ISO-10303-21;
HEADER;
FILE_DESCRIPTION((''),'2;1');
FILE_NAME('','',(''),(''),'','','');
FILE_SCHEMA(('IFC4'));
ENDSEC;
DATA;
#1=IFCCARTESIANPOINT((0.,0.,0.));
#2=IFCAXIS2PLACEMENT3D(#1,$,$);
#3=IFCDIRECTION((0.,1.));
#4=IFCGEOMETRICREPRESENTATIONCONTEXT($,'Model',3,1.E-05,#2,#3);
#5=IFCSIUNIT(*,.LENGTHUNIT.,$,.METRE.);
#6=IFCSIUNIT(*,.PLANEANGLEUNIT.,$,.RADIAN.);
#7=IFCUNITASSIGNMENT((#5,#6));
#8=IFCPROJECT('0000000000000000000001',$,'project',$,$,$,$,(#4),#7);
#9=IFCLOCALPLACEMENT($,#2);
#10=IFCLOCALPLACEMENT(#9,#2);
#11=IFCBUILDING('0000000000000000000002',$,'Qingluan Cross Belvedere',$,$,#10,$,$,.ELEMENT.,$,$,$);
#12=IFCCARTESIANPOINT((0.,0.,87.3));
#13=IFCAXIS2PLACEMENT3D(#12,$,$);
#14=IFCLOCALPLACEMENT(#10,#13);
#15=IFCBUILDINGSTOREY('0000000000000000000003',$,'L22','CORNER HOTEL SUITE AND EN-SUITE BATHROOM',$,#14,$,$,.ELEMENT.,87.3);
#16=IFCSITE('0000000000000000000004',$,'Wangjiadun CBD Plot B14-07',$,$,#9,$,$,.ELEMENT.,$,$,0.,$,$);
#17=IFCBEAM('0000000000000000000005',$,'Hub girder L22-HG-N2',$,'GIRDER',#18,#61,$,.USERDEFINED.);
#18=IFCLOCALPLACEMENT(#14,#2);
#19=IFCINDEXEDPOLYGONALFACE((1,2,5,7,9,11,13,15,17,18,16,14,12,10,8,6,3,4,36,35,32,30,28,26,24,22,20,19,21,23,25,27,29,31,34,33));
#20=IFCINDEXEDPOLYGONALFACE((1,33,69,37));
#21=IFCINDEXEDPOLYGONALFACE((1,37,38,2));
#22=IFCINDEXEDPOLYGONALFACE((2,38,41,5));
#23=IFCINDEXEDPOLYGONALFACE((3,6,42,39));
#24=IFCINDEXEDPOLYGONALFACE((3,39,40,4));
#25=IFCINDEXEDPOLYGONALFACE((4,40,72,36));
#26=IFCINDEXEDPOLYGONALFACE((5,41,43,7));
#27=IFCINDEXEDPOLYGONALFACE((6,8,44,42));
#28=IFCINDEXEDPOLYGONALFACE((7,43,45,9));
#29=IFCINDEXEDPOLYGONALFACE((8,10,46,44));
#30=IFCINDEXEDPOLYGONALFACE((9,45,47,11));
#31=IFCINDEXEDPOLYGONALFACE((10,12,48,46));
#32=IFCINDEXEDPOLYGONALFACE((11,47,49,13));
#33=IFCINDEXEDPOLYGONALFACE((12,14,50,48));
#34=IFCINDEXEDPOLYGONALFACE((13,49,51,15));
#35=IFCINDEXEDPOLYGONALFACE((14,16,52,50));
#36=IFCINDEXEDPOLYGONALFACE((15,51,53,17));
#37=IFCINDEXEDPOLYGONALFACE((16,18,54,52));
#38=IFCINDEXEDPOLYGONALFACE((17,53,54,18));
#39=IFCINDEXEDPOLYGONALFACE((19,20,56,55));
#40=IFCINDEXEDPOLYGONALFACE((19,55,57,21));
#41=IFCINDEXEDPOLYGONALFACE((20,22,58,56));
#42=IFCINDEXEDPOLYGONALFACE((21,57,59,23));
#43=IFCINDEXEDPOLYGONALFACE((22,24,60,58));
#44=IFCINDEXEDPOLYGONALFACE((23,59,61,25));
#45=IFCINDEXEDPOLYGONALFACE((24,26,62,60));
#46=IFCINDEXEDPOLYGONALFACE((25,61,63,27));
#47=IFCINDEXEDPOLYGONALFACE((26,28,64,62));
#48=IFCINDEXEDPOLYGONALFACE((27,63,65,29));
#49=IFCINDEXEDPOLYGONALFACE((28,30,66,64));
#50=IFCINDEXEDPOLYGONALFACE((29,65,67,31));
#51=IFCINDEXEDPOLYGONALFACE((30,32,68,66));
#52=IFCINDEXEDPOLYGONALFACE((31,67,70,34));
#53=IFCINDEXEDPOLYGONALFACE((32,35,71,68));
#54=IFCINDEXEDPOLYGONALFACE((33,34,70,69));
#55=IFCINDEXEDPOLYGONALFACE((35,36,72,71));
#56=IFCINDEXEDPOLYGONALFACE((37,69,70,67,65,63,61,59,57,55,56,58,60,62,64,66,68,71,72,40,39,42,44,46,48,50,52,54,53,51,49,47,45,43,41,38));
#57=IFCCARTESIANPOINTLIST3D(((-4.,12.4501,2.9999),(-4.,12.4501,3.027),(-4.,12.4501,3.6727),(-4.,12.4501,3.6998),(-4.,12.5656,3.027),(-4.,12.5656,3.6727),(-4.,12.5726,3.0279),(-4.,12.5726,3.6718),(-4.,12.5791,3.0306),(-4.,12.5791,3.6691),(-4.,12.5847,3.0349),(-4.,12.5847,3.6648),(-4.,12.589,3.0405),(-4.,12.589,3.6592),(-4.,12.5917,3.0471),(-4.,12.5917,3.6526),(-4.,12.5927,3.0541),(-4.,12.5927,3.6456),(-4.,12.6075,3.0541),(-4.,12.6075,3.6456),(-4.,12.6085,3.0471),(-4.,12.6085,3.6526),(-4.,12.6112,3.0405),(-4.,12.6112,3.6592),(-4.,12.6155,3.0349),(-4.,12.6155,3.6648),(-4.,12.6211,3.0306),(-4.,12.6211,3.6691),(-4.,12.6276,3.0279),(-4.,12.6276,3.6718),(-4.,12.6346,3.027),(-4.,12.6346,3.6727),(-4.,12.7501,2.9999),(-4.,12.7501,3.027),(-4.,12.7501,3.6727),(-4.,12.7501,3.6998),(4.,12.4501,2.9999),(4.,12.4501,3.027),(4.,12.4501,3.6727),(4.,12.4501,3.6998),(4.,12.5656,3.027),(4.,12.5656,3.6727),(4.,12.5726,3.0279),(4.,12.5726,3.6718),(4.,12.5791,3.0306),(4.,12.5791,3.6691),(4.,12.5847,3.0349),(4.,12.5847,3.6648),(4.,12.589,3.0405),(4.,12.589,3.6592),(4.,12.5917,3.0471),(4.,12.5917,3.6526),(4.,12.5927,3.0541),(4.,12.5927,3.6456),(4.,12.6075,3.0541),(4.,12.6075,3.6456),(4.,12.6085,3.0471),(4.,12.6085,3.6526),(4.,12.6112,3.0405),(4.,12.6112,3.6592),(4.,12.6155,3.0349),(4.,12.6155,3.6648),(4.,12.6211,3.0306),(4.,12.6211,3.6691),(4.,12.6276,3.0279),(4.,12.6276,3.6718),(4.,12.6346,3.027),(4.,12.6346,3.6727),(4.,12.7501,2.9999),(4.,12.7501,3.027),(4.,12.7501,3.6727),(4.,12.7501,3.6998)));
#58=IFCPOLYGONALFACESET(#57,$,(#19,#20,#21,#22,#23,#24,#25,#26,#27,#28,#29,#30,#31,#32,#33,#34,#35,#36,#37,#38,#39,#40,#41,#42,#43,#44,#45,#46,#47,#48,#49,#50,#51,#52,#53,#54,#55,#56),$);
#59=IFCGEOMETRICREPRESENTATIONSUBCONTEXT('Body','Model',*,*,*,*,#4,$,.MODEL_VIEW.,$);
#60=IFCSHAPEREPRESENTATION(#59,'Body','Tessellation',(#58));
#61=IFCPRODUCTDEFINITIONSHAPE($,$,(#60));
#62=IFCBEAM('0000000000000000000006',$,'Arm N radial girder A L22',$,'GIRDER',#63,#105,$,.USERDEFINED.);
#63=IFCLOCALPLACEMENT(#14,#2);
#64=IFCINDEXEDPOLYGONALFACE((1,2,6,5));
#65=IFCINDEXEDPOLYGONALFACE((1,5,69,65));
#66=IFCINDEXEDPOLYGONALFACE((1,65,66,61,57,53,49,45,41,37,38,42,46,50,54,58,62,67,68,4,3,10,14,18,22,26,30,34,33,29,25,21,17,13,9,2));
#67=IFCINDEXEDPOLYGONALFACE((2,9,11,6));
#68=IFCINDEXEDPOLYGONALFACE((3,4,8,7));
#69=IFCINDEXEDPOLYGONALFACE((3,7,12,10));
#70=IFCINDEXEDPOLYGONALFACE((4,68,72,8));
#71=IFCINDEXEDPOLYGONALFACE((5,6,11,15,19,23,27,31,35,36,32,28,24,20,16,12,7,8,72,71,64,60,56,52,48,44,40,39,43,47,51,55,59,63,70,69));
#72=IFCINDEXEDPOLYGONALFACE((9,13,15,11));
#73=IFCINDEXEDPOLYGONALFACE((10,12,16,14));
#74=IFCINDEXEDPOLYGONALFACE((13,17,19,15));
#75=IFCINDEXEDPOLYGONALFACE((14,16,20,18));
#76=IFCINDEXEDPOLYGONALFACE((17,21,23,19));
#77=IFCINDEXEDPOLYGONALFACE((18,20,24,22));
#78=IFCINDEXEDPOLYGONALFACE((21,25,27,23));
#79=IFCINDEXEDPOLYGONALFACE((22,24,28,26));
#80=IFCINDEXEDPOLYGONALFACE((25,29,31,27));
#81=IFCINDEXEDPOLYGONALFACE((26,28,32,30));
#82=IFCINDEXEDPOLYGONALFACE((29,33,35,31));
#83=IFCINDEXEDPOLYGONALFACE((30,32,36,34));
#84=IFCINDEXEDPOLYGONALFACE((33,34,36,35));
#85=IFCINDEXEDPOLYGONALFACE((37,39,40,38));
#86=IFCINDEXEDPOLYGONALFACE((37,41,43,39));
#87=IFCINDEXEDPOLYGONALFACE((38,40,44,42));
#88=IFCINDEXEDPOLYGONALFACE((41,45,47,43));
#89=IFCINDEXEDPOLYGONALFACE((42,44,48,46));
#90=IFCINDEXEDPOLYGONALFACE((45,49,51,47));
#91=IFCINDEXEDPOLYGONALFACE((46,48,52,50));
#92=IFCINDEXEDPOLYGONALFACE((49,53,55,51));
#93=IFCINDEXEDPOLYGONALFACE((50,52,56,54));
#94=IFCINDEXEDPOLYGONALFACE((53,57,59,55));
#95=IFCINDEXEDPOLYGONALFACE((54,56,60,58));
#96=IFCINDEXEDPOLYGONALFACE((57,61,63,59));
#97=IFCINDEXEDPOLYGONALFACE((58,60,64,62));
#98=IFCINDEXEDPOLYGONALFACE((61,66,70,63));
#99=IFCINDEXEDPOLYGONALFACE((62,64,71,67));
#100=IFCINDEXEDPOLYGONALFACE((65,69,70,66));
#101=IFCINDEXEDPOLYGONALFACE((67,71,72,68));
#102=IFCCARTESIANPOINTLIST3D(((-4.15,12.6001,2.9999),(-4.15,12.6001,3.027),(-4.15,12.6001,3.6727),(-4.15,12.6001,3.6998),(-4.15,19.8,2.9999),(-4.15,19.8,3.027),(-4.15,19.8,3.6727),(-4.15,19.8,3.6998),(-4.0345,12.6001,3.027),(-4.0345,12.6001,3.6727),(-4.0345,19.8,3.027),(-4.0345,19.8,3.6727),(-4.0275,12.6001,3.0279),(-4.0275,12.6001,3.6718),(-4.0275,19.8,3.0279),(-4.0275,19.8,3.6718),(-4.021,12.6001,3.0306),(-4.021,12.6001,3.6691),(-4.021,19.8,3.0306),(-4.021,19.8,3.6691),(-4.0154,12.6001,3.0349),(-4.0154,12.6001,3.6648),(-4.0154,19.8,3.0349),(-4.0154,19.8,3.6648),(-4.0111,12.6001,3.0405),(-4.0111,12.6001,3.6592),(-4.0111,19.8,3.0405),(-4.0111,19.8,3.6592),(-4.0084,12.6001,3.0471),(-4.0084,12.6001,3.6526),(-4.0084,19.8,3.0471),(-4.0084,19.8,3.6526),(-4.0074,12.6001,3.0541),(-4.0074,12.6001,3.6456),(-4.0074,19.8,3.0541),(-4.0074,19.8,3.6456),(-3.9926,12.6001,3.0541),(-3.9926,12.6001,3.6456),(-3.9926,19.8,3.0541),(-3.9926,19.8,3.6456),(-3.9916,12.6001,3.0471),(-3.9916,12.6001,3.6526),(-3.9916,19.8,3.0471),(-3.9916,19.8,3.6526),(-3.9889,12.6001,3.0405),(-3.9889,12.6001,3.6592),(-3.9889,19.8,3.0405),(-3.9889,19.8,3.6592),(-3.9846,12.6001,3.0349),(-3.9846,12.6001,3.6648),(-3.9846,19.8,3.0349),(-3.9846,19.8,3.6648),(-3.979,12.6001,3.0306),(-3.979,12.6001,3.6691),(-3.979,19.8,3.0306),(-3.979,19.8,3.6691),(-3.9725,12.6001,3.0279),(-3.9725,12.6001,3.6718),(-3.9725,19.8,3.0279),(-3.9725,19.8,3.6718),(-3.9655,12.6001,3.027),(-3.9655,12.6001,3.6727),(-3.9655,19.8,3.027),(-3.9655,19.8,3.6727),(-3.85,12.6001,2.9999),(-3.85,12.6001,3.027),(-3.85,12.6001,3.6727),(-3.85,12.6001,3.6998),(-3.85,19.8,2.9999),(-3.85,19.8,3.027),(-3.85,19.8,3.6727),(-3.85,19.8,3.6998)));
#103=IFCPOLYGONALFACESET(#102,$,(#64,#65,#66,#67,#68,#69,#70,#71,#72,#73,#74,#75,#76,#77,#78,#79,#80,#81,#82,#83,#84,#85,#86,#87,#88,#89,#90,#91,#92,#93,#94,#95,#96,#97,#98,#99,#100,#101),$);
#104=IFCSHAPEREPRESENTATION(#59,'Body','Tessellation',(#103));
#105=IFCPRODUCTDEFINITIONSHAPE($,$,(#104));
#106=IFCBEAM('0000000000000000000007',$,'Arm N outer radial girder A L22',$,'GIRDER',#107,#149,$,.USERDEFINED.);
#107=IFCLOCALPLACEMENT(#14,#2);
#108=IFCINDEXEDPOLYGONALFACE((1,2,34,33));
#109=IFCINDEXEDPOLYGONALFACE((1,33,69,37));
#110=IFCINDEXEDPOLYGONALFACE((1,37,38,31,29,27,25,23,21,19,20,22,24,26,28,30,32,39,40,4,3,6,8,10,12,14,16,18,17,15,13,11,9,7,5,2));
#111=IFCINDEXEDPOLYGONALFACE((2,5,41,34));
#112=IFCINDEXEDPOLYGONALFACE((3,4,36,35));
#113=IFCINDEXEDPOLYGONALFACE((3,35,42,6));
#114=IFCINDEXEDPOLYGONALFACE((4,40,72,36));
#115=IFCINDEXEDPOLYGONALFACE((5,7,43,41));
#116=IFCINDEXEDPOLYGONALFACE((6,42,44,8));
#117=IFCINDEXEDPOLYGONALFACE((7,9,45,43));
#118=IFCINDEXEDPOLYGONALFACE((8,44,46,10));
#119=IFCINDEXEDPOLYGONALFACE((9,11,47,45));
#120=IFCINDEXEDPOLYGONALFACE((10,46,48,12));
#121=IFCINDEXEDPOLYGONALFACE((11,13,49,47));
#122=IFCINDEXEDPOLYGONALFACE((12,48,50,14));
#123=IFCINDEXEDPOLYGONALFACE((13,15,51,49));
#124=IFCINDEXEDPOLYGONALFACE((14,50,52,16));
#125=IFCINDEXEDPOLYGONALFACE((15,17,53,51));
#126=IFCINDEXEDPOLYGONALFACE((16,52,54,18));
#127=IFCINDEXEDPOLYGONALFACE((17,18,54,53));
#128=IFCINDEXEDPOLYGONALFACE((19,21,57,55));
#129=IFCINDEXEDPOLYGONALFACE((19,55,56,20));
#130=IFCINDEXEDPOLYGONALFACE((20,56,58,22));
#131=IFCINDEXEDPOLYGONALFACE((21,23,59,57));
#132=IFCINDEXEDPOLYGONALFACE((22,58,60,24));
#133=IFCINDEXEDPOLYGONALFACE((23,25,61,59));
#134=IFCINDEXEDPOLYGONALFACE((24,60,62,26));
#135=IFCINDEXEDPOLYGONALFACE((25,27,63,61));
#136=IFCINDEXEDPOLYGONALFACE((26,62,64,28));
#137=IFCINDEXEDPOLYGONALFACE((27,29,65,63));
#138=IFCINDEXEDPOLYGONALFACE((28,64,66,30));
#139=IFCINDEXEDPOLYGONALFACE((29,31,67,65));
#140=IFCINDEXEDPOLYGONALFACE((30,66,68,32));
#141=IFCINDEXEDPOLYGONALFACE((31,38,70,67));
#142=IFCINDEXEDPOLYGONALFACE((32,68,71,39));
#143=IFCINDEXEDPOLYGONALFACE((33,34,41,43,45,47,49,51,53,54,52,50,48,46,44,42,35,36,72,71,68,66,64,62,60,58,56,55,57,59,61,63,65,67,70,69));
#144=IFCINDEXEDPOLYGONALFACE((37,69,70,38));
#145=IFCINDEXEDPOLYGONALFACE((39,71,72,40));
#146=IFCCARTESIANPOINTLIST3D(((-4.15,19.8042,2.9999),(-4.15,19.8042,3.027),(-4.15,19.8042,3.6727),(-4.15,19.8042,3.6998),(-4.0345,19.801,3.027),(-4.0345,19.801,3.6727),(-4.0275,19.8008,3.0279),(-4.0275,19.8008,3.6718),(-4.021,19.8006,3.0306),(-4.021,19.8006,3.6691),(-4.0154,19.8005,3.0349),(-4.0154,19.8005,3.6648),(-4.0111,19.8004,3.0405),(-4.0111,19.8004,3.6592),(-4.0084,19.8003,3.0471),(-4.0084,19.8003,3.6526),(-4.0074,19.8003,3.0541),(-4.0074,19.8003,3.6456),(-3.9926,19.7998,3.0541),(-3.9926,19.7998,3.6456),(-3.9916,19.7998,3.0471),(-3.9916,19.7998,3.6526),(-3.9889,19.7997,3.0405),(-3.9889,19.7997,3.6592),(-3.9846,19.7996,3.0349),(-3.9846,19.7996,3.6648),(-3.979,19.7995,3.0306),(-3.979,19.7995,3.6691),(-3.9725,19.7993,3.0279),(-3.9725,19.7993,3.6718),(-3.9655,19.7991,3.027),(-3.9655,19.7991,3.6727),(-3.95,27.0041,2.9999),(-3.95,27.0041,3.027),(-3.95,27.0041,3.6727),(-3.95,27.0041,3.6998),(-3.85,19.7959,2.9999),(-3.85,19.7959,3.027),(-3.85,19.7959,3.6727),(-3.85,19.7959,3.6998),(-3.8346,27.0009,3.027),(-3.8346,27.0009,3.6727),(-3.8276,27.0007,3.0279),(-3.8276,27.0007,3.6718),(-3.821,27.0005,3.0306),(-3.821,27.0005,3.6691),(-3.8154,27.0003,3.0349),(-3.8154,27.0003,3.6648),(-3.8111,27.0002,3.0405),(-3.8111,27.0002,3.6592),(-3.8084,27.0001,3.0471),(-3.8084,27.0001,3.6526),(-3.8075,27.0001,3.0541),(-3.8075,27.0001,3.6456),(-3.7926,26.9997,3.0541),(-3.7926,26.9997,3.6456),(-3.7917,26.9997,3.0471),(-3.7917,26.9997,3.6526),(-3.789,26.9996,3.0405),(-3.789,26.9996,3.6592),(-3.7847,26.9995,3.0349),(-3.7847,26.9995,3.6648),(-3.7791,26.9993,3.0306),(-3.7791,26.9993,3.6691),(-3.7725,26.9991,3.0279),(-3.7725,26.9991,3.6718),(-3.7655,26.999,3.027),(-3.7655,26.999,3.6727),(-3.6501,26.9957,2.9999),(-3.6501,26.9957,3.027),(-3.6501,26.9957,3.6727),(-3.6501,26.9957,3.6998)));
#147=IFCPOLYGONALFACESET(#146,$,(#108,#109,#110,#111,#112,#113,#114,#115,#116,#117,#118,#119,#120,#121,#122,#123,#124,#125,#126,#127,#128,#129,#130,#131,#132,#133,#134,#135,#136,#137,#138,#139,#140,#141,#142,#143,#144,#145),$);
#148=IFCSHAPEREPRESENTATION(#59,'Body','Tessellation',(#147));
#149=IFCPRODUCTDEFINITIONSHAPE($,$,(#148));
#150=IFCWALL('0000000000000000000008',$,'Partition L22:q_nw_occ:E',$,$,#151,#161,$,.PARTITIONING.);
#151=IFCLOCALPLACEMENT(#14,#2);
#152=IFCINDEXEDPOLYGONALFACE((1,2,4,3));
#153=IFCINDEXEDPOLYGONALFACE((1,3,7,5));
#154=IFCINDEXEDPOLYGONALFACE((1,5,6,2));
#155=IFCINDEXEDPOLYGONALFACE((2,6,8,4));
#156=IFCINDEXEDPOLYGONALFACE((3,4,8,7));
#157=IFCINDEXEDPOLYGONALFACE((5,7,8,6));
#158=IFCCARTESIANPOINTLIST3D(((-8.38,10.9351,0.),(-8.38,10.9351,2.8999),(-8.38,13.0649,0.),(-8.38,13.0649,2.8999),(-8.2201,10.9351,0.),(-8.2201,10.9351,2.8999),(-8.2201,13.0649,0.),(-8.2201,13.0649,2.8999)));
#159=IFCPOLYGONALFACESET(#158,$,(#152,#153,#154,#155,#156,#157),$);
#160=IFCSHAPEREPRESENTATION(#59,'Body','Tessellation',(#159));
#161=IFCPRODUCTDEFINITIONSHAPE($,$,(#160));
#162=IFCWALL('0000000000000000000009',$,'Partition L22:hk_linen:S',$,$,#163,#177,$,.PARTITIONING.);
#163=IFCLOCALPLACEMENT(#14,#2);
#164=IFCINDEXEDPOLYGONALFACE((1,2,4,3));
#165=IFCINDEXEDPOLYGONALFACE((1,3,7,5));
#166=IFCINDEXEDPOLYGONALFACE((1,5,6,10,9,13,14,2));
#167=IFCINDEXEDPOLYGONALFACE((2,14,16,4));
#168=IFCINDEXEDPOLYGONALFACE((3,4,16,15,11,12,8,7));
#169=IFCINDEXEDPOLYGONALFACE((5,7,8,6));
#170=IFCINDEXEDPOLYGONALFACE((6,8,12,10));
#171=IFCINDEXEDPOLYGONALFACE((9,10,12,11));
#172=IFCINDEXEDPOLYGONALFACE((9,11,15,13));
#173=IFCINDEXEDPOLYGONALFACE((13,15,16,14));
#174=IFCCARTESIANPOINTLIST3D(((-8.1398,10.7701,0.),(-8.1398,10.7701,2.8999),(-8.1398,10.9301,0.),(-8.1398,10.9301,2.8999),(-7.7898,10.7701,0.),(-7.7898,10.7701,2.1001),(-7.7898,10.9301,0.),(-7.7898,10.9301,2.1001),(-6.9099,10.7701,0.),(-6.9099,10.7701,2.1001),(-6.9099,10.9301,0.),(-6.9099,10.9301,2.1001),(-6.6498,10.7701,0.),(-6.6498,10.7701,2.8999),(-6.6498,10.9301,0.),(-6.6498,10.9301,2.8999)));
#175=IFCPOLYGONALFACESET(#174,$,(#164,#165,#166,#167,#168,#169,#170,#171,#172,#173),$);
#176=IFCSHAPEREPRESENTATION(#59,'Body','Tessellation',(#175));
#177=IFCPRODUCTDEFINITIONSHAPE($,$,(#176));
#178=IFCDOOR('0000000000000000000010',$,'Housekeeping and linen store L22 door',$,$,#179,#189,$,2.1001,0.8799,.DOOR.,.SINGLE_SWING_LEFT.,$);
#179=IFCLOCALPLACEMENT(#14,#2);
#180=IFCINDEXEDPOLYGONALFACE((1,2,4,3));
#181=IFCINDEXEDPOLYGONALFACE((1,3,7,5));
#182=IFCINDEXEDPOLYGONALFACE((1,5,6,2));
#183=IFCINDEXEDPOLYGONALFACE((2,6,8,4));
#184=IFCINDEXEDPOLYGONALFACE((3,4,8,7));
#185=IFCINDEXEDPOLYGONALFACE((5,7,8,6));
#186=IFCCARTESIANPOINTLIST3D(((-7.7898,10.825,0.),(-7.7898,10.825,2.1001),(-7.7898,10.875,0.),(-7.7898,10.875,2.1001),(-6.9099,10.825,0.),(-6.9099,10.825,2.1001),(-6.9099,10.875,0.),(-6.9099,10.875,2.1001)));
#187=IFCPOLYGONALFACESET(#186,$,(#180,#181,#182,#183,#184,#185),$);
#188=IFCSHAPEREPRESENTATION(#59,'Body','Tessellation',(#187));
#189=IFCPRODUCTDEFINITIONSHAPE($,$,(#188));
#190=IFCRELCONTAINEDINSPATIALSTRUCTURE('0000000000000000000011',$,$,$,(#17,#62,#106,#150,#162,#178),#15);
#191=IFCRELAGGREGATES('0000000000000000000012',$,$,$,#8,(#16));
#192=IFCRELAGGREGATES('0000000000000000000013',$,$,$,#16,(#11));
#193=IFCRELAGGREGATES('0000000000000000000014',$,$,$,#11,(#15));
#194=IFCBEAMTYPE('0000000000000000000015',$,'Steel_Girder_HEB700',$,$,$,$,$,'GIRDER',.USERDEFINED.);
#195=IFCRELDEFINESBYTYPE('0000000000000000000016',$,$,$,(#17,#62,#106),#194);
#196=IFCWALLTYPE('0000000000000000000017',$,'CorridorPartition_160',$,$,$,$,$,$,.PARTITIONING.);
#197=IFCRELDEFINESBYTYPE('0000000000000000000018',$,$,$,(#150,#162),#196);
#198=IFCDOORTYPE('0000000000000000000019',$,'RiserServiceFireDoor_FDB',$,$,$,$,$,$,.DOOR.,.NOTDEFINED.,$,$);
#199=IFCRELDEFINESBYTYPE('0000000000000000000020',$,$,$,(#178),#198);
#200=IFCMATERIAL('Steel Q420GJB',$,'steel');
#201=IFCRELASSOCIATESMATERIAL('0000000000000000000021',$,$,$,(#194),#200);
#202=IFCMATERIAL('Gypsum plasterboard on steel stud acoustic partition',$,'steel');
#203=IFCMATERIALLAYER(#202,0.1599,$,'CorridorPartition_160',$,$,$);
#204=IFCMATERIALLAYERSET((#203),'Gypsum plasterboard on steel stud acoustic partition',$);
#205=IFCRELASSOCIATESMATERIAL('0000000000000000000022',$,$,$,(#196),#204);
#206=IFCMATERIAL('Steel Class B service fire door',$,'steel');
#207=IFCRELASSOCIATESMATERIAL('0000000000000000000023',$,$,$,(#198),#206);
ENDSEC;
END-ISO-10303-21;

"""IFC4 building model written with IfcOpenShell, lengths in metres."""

from ifc_helpers import new_model, si_unit, direction, frame, frame_2d, origin, origin_2d, place, context, subcontext, project, spatial, rectangle, i_section, extrude, material, layer, layer_set, material_profile, profile_set, type_object, element, fill, save


model = new_model("IFC4")

# Units and contexts
model_context = context("Model", 3, precision=1e-05, world=origin(), true_north=direction((0.0, 1.0)))
body_context = subcontext(model_context, "Body", "Model", "MODEL_VIEW")
ifc_project = project(units=[si_unit("LENGTHUNIT", "METRE"), si_unit("PLANEANGLEUNIT", "RADIAN")], contexts=[model_context])

# Site, building, storey
site_placement = place(None, origin())
site = spatial("IfcSite", under=ifc_project, at=site_placement, Name="Wangjiadun CBD Plot B14-07", CompositionType="ELEMENT", RefElevation=0.0)
building_placement = place(site_placement, origin())
building = spatial("IfcBuilding", under=site, at=building_placement, Name="Qingluan Cross Belvedere", CompositionType="ELEMENT")
storey_placement = place(building_placement, frame((0.0, 0.0, 87.3)))
storey = spatial("IfcBuildingStorey", under=building, at=storey_placement, Name="L22", Description="CORNER HOTEL SUITE AND EN-SUITE BATHROOM", CompositionType="ELEMENT", Elevation=87.3)

# Beams
ifc_material_1 = material(Name="Steel Q420GJB", Category="steel")
ifc_material_profile_1 = material_profile(ifc_material_1, i_section(OverallWidth=0.3, OverallDepth=0.7, WebThickness=0.0149, FlangeThickness=0.0271, FilletRadius=0.0271, at=origin_2d()), Name="HEB700")
ifc_profile_set_1 = profile_set([ifc_material_profile_1], Name="Steel Q420GJB")
beam_type_1 = type_object("IfcBeamType", Name="Steel_Girder_HEB700", ElementType="GIRDER", PredefinedType="USERDEFINED", material=ifc_profile_set_1)
beam_1_placement = place(storey_placement, frame((-4.0, 12.6001, 3.3499), z_axis=(1.0, 0.0, 0.0), x_axis=(0.0, 1.0, 0.0)))
element("IfcBeam", 1, at=beam_1_placement, inside=storey, type_object=beam_type_1, Name="Hub girder L22-HG-N2", ObjectType="GIRDER", PredefinedType="USERDEFINED", context=body_context, shape_type="SweptSolid", body=[
    extrude(i_section(OverallWidth=0.3, OverallDepth=0.7, WebThickness=0.0149, FlangeThickness=0.0271, FilletRadius=0.0271, at=origin_2d()), origin(), (0.0, 0.0, 1.0), 8.0),
])
beam_2_placement = place(storey_placement, frame((-4.0, 12.6001, 3.3499), z_axis=(0.0, 1.0, 0.0), x_axis=(-1.0, 0.0, 0.0)))
element("IfcBeam", 2, at=beam_2_placement, inside=storey, type_object=beam_type_1, Name="Arm N radial girder A L22", ObjectType="GIRDER", PredefinedType="USERDEFINED", context=body_context, shape_type="SweptSolid", body=[
    extrude(i_section(OverallWidth=0.3, OverallDepth=0.7, WebThickness=0.0149, FlangeThickness=0.0271, FilletRadius=0.0271, at=origin_2d()), origin(), (0.0, 0.0, 1.0), 7.2),
])
beam_3_placement = place(storey_placement, frame((-4.0, 19.8, 3.3499), z_axis=(0.02776, 0.999615, 0.0), x_axis=(-0.999615, 0.02776, 0.0)))
element("IfcBeam", 3, at=beam_3_placement, inside=storey, type_object=beam_type_1, Name="Arm N outer radial girder A L22", ObjectType="GIRDER", PredefinedType="USERDEFINED", context=body_context, shape_type="SweptSolid", body=[
    extrude(i_section(OverallWidth=0.3, OverallDepth=0.7, WebThickness=0.0149, FlangeThickness=0.0271, FilletRadius=0.0271, at=origin_2d()), origin(), (0.0, 0.0, 1.0), 7.2026),
])

# Wall
ifc_material_2 = material(Name="Gypsum plasterboard on steel stud acoustic partition", Category="steel")
ifc_layer_1 = layer(ifc_material_2, 0.1599, Name="CorridorPartition_160")
ifc_layer_set_1 = layer_set([ifc_layer_1], Name="Gypsum plasterboard on steel stud acoustic partition")
wall_type_1 = type_object("IfcWallType", Name="CorridorPartition_160", PredefinedType="PARTITIONING", material=ifc_layer_set_1)
wall_1_placement = place(storey_placement, frame((-8.3, 10.9351, 0.0), z_axis=(0.0, 0.0, 1.0), x_axis=(0.0, 1.0, 0.0)))
element("IfcWall", 4, at=wall_1_placement, inside=storey, type_object=wall_type_1, Name="Partition L22:q_nw_occ:E", PredefinedType="PARTITIONING", context=body_context, shape_type="SweptSolid", body=[
    extrude(rectangle(XDim=2.1299, YDim=0.1599, at=frame_2d((1.0649, 0.0))), origin(), (0.0, 0.0, 1.0), 2.8999),
])

# Wall, opening, door
wall_2_placement = place(storey_placement, frame((-8.1399, 10.8501, 0.0), z_axis=(0.0, 0.0, 1.0), x_axis=(1.0, 0.0, 0.0)))
wall_2 = element("IfcWall", 5, at=wall_2_placement, inside=storey, type_object=wall_type_1, Name="Partition L22:hk_linen:S", PredefinedType="PARTITIONING", context=body_context, shape_type="SweptSolid", body=[
    extrude(rectangle(XDim=1.49, YDim=0.1599, at=frame_2d((0.7451, 0.0))), origin(), (0.0, 0.0, 1.0), 2.8999),
])
opening_1_placement = place(wall_2_placement, frame((0.3501, 0.0, 0.0)))
opening_1 = element("IfcOpeningElement", 6, at=opening_1_placement, cuts=wall_2, PredefinedType="OPENING", context=body_context, shape_type="SweptSolid", body=[
    extrude(rectangle(XDim=0.8799, YDim=2.1001, at=frame_2d((0.4399, 1.05))), frame((0.0, 0.0898, 0.0), z_axis=(0.0, -1.0, 0.0), x_axis=(1.0, 0.0, 0.0)), (0.0, 0.0, 1.0), 0.1799),
])
ifc_material_3 = material(Name="Steel Class B service fire door", Category="steel")
door_type_1 = type_object("IfcDoorType", Name="RiserServiceFireDoor_FDB", OperationType="NOTDEFINED", PredefinedType="DOOR", material=ifc_material_3)
door_1_placement = place(opening_1_placement, origin())
door_1 = element("IfcDoor", 7, at=door_1_placement, inside=storey, type_object=door_type_1, Name="Housekeeping and linen store L22 door", OperationType="SINGLE_SWING_LEFT", OverallHeight=2.1001, OverallWidth=0.8799, PredefinedType="DOOR", context=body_context, shape_type="SweptSolid", body=[
    extrude(rectangle(XDim=0.8799, YDim=2.1001, at=frame_2d((0.4399, 1.05))), frame((0.0, 0.0249, 0.0), z_axis=(0.0, -1.0, 0.0), x_axis=(1.0, 0.0, 0.0)), (0.0, 0.0, 1.0), 0.05),
])
fill(opening_1, door_1)

save(model, "model.ifc")
